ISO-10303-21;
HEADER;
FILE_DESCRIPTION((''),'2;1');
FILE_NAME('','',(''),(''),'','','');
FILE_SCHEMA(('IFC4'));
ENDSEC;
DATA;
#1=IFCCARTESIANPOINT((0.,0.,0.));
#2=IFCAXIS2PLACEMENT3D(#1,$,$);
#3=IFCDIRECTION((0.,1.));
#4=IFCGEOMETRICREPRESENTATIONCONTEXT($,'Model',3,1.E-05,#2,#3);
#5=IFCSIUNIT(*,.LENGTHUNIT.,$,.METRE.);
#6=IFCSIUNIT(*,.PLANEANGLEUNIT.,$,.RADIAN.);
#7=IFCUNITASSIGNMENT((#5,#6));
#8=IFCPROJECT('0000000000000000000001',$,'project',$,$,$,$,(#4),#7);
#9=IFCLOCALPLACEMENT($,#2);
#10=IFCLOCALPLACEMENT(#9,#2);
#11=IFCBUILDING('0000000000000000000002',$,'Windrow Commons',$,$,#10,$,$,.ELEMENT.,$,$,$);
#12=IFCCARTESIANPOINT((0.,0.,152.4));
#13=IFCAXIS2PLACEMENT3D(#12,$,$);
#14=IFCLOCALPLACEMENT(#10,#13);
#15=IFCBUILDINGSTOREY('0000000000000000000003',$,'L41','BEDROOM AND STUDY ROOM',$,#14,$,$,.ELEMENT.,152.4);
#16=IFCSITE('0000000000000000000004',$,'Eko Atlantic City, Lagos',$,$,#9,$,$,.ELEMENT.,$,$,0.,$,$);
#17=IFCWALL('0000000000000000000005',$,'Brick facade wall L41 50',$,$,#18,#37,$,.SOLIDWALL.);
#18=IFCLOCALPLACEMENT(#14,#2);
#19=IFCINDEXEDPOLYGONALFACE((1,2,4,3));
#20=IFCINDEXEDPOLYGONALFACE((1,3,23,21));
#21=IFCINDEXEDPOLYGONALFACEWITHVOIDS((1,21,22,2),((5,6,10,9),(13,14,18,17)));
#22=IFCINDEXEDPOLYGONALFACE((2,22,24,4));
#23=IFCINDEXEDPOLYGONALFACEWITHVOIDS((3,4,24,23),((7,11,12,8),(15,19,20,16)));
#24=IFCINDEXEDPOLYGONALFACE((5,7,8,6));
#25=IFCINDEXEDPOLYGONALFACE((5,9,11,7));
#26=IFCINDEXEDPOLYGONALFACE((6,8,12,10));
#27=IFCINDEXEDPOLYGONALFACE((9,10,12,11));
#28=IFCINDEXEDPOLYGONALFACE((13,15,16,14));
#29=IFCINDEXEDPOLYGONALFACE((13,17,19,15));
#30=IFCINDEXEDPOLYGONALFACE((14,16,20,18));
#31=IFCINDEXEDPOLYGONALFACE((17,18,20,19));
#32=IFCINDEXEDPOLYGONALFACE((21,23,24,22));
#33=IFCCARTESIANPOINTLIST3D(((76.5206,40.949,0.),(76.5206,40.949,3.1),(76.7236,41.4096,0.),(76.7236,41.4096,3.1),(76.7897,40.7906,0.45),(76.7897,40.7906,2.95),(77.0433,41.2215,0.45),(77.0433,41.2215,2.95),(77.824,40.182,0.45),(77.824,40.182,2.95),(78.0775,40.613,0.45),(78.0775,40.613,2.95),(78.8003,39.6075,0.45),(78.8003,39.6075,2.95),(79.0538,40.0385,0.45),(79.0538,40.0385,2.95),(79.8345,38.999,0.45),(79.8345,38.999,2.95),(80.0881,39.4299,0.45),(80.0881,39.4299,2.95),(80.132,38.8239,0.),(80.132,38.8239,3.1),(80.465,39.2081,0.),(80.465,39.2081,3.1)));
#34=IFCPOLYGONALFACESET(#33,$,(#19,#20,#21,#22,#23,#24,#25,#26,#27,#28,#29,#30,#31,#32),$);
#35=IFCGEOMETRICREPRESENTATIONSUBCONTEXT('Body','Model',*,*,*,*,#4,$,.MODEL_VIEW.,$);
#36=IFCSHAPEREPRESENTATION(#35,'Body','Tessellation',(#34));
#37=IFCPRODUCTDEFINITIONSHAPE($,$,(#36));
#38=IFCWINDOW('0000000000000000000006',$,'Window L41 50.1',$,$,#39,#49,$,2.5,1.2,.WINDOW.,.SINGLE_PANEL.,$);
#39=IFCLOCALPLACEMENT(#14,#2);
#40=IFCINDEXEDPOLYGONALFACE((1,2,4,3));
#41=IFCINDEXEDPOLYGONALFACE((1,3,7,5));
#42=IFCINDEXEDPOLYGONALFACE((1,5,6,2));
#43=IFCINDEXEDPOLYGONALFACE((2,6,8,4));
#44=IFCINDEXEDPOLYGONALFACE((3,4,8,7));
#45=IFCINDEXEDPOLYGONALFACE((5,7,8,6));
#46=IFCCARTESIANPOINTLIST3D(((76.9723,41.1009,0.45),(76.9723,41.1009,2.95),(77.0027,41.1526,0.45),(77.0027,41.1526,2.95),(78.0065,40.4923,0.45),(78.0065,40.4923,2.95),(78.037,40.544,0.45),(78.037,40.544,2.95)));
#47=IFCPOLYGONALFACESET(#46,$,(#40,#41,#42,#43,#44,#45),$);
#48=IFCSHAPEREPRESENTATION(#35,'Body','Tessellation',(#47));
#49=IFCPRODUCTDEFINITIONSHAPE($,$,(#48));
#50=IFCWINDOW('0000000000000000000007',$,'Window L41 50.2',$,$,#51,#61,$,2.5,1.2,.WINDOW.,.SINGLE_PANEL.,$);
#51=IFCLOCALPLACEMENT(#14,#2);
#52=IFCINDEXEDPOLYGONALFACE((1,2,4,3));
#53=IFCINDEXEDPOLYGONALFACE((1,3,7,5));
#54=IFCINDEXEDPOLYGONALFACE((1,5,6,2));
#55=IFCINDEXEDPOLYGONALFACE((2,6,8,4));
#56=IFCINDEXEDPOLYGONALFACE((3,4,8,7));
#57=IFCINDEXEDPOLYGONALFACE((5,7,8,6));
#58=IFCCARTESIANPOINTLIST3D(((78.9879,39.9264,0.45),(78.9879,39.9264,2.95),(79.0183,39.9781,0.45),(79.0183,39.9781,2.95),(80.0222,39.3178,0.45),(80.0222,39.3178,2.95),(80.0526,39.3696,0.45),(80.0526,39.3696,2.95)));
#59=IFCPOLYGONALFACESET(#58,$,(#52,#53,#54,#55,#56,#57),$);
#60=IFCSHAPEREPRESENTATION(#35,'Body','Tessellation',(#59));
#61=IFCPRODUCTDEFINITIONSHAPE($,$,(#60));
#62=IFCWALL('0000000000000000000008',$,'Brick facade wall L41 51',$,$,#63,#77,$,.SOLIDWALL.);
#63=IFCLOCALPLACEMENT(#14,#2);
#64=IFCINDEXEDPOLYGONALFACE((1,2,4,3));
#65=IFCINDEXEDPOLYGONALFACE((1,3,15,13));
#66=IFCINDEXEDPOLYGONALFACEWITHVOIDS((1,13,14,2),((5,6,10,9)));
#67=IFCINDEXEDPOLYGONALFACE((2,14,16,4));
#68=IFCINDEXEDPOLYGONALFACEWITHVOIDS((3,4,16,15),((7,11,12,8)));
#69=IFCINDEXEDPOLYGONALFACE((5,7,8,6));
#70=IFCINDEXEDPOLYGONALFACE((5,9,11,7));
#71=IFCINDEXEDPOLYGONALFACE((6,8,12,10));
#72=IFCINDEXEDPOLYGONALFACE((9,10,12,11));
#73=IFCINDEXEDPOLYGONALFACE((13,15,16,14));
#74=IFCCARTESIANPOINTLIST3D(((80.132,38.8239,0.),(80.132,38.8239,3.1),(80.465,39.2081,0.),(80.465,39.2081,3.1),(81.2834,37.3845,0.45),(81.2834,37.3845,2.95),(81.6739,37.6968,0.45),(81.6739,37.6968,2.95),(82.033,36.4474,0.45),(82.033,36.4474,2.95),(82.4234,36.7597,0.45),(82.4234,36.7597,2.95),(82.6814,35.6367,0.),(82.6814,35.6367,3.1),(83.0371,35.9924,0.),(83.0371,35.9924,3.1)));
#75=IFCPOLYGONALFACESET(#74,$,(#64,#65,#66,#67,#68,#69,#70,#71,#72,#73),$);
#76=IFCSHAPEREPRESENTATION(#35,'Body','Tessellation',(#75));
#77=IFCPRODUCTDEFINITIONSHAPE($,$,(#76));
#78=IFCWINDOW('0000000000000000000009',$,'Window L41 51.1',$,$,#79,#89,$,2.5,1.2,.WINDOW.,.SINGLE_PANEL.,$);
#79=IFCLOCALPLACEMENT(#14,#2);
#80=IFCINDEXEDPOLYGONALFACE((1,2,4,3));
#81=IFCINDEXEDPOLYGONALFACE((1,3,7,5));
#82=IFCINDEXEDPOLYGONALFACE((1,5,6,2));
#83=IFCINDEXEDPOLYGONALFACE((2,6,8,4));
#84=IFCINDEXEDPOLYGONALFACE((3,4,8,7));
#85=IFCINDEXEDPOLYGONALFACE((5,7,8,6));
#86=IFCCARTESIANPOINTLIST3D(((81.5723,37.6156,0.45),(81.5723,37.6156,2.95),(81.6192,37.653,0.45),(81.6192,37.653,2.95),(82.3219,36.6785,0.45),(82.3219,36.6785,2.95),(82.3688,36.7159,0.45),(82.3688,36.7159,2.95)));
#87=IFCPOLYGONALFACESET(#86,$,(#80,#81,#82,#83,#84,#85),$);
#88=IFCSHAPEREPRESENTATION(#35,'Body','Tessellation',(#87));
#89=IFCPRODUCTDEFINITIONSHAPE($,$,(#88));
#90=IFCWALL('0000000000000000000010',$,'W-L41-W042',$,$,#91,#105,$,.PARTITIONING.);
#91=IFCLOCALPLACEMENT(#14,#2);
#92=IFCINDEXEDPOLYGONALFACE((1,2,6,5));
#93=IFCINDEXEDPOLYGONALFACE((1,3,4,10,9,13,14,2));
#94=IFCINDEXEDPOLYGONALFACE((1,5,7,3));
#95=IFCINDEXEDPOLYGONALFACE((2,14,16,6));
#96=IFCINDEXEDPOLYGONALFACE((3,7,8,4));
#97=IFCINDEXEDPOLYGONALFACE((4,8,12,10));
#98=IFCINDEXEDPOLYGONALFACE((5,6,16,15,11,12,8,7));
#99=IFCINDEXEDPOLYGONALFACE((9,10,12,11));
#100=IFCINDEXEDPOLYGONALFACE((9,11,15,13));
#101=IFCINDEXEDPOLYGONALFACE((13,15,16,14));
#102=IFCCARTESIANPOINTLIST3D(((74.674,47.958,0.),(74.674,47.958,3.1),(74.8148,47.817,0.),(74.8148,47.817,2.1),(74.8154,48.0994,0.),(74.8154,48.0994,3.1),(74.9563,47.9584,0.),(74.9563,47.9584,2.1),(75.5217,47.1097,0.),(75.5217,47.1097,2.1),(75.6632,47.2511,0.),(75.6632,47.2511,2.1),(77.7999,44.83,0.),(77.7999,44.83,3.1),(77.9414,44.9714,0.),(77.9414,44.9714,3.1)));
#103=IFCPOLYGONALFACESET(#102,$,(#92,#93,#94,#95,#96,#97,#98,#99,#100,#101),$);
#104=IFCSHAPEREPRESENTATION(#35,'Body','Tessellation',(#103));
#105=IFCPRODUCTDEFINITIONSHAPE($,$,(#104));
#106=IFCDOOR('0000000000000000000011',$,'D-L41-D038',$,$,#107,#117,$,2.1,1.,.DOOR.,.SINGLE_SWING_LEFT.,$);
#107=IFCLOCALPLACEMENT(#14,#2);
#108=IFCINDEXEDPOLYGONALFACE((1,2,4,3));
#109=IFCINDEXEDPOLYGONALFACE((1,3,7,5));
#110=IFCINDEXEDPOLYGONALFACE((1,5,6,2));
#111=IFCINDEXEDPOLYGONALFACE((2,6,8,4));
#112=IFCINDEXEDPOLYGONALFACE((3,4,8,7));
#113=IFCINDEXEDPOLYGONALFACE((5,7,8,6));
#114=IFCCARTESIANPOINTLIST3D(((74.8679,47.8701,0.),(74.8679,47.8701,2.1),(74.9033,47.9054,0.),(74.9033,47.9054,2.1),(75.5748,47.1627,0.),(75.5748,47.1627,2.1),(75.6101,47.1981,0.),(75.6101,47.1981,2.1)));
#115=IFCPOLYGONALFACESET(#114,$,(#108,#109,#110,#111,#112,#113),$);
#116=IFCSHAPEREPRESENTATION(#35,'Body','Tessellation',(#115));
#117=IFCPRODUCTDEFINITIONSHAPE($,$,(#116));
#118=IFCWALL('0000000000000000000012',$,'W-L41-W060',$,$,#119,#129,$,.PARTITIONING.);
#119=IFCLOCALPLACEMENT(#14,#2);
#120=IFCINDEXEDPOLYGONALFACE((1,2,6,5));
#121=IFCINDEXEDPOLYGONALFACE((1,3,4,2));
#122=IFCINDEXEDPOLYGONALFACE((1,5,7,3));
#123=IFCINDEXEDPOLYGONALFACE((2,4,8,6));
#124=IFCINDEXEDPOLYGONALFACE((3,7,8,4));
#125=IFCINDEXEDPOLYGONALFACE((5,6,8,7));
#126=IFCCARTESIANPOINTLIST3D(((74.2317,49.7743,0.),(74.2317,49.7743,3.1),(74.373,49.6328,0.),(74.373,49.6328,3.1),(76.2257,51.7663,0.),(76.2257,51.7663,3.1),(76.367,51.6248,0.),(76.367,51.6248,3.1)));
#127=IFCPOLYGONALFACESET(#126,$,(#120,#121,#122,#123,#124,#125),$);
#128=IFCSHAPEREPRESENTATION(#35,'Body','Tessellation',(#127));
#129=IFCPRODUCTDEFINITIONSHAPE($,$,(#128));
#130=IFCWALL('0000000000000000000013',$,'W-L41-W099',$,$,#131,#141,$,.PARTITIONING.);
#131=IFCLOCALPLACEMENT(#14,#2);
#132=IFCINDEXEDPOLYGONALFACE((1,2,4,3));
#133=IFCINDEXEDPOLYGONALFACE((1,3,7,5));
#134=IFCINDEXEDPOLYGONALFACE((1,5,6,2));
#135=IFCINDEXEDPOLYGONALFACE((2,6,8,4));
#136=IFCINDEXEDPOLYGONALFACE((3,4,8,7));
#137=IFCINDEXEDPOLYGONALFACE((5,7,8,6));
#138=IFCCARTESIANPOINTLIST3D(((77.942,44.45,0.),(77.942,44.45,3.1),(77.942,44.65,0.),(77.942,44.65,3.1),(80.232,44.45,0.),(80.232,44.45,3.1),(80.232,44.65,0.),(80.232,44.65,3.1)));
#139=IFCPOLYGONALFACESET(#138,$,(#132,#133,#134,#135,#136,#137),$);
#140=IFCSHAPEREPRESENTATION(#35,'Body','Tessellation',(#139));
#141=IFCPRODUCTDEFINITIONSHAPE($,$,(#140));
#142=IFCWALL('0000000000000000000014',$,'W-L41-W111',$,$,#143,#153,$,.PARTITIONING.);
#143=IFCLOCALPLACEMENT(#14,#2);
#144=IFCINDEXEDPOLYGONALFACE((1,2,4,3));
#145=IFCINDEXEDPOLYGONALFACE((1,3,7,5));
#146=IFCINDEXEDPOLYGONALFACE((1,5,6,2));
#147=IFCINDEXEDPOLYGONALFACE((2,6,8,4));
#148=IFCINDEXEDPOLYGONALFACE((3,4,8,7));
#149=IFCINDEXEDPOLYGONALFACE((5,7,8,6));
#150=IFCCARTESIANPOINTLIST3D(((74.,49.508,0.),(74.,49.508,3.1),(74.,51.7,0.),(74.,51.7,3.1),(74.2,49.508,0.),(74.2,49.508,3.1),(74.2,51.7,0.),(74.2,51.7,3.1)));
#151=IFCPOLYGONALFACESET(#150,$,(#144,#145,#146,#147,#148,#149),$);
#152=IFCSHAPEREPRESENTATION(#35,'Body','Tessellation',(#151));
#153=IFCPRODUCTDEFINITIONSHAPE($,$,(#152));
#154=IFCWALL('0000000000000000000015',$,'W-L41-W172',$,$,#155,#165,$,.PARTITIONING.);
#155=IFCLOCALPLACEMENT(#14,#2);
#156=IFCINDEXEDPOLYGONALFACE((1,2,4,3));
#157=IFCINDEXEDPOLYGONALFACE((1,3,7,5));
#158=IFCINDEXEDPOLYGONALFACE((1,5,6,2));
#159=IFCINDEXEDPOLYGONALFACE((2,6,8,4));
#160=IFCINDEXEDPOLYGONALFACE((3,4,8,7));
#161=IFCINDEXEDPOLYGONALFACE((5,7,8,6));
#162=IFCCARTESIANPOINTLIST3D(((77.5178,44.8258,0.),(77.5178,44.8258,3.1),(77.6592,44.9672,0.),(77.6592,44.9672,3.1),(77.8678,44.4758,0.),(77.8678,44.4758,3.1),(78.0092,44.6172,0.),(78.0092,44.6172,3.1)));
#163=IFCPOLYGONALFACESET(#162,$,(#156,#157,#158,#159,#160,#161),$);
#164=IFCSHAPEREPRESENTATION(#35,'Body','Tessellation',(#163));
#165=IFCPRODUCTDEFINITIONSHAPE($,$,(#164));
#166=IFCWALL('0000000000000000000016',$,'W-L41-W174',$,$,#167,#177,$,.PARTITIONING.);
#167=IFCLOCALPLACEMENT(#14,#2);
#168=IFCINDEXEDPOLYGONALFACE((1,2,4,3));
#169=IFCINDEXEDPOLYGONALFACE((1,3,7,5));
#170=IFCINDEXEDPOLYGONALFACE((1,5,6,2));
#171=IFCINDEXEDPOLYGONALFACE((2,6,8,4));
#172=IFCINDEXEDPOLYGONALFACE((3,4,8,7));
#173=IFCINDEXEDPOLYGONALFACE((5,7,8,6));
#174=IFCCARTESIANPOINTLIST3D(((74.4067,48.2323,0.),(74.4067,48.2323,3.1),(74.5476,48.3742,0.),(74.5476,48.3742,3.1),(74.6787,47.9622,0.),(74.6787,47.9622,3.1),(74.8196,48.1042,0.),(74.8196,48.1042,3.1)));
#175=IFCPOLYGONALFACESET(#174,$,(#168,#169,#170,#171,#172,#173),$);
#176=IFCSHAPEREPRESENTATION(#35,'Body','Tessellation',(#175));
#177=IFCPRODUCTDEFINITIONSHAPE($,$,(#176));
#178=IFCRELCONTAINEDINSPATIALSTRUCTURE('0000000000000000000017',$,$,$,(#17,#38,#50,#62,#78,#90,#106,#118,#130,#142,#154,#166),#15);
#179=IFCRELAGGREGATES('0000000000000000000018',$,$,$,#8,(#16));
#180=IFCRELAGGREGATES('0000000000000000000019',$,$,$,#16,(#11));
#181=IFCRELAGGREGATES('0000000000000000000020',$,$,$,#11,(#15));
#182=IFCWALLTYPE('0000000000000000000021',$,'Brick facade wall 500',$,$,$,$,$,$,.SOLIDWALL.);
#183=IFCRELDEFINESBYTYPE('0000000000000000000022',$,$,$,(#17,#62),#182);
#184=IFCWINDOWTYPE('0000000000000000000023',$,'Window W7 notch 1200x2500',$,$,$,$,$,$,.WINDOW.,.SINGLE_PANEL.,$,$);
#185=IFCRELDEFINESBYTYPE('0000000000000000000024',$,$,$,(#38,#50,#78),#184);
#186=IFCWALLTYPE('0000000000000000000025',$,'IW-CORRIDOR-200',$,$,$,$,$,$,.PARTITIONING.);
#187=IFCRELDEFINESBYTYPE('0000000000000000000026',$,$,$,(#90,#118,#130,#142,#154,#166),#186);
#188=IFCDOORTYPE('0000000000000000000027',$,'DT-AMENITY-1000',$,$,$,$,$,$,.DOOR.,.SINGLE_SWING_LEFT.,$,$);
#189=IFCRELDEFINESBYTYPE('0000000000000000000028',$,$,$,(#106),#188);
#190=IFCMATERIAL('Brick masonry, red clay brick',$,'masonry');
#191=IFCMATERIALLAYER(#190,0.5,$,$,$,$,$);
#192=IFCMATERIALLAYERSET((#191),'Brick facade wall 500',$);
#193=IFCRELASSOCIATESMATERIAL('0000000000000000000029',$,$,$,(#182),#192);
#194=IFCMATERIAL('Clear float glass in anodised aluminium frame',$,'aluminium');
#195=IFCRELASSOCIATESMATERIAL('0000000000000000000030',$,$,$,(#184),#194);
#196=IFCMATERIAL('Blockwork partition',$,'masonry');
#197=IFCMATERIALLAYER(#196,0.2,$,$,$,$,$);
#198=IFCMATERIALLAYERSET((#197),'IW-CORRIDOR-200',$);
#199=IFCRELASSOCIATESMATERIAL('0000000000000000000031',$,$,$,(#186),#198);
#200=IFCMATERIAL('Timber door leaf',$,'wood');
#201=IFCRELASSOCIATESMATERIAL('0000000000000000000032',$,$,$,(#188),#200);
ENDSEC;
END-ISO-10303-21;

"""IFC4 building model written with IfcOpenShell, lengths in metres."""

from ifc_helpers import new_model, si_unit, direction, frame, frame_2d, origin, place, context, subcontext, project, spatial, polyline, rectangle, outline, extrude, material, layer, layer_set, type_object, element, fill, save


model = new_model("IFC4")

# Units and contexts
model_context = context("Model", 3, precision=1e-05, world=origin(), true_north=direction((0.0, 1.0)))
body_context = subcontext(model_context, "Body", "Model", "MODEL_VIEW")
ifc_project = project(units=[si_unit("LENGTHUNIT", "METRE"), si_unit("PLANEANGLEUNIT", "RADIAN")], contexts=[model_context])

# Site, building, storey
site_placement = place(None, origin())
site = spatial("IfcSite", under=ifc_project, at=site_placement, Name="Eko Atlantic City, Lagos", CompositionType="ELEMENT", RefElevation=0.0)
building_placement = place(site_placement, origin())
building = spatial("IfcBuilding", under=site, at=building_placement, Name="Windrow Commons", CompositionType="ELEMENT")
storey_placement = place(building_placement, frame((0.0, 0.0, 152.4)))
storey = spatial("IfcBuildingStorey", under=building, at=storey_placement, Name="L41", Description="BEDROOM AND STUDY ROOM", CompositionType="ELEMENT", Elevation=152.4)

# Shared definitions
ifc_material_1 = material(Name="Brick masonry, red clay brick", Category="masonry")
ifc_layer_1 = layer(ifc_material_1, 0.5)
ifc_layer_set_1 = layer_set([ifc_layer_1], Name="Brick facade wall 500")
wall_type_1 = type_object("IfcWallType", Name="Brick facade wall 500", PredefinedType="SOLIDWALL", material=ifc_layer_set_1)
ifc_material_2 = material(Name="Clear float glass in anodised aluminium frame", Category="aluminium")
window_type = type_object("IfcWindowType", Name="Window W7 notch 1200x2500", PartitioningType="SINGLE_PANEL", PredefinedType="WINDOW", material=ifc_material_2)

# Wall, openings, windows
wall_1_placement = place(storey_placement, frame((76.6221, 41.1793, 0.0), z_axis=(0.0, 0.0, 1.0), x_axis=(0.861861, -0.507144, 0.0)))
wall_1 = element("IfcWall", 1, at=wall_1_placement, inside=storey, type_object=wall_type_1, Name="Brick facade wall L41 50", PredefinedType="SOLIDWALL", context=body_context, shape_type="SweptSolid", body=[
    extrude(outline(polyline([(0.0293, -0.25), (4.2196, -0.25), (4.3117, 0.25), (-0.0293, 0.25), (0.0293, -0.25)])), origin(), (0.0, 0.0, 1.0), 3.1),
])
opening_1_placement = place(wall_1_placement, frame((0.3416, 0.0, 0.45)))
opening_1 = element("IfcOpeningElement", 2, at=opening_1_placement, cuts=wall_1, PredefinedType="OPENING", context=body_context, shape_type="SweptSolid", body=[
    extrude(rectangle(XDim=1.2, YDim=2.5, at=frame_2d((0.6, 1.25))), frame((0.0, 0.26, 0.0), z_axis=(0.0, -1.0, 0.0), x_axis=(1.0, 0.0, 0.0)), (0.0, 0.0, 1.0), 0.52),
])
opening_2_placement = place(wall_1_placement, frame((2.6744, 0.0, 0.45)))
opening_2 = element("IfcOpeningElement", 3, at=opening_2_placement, cuts=wall_1, PredefinedType="OPENING", context=body_context, shape_type="SweptSolid", body=[
    extrude(rectangle(XDim=1.2, YDim=2.5, at=frame_2d((0.6, 1.25))), frame((0.0, 0.26, 0.0), z_axis=(0.0, -1.0, 0.0), x_axis=(1.0, 0.0, 0.0)), (0.0, 0.0, 1.0), 0.52),
])
window_1_placement = place(opening_1_placement, origin())
window_1 = element("IfcWindow", 4, at=window_1_placement, inside=storey, type_object=window_type, Name="Window L41 50.1", OverallHeight=2.5, OverallWidth=1.2, PartitioningType="SINGLE_PANEL", PredefinedType="WINDOW", context=body_context, shape_type="SweptSolid", body=[
    extrude(rectangle(XDim=1.2, YDim=2.5, at=frame_2d((0.6, 1.25))), frame((0.0, 0.17, 0.0), z_axis=(0.0, -1.0, 0.0), x_axis=(1.0, 0.0, 0.0)), (0.0, 0.0, 1.0), 0.06),
])
fill(opening_1, window_1)
window_2_placement = place(opening_2_placement, origin())
window_2 = element("IfcWindow", 5, at=window_2_placement, inside=storey, type_object=window_type, Name="Window L41 50.2", OverallHeight=2.5, OverallWidth=1.2, PartitioningType="SINGLE_PANEL", PredefinedType="WINDOW", context=body_context, shape_type="SweptSolid", body=[
    extrude(rectangle(XDim=1.2, YDim=2.5, at=frame_2d((0.6, 1.25))), frame((0.0, 0.18, 0.0), z_axis=(0.0, -1.0, 0.0), x_axis=(1.0, 0.0, 0.0)), (0.0, 0.0, 1.0), 0.06),
])
fill(opening_2, window_2)

# Wall, opening, window
wall_2_placement = place(storey_placement, frame((80.2985, 39.016, 0.0), z_axis=(0.0, 0.0, 1.0), x_axis=(0.624636, -0.780916, 0.0)))
wall_2 = element("IfcWall", 6, at=wall_2_placement, inside=storey, type_object=wall_type_1, Name="Brick facade wall L41 51", PredefinedType="SOLIDWALL", context=body_context, shape_type="SweptSolid", body=[
    extrude(outline(polyline([(0.046, -0.25), (4.1274, -0.25), (4.0718, 0.25), (-0.046, 0.25), (0.046, -0.25)])), origin(), (0.0, 0.0, 1.0), 3.1),
])
opening_3_placement = place(wall_2_placement, frame((1.8893, 0.0, 0.45)))
opening_3 = element("IfcOpeningElement", 7, at=opening_3_placement, cuts=wall_2, PredefinedType="OPENING", context=body_context, shape_type="SweptSolid", body=[
    extrude(rectangle(XDim=1.2, YDim=2.5, at=frame_2d((0.6, 1.25))), frame((0.0, 0.26, 0.0), z_axis=(0.0, -1.0, 0.0), x_axis=(1.0, 0.0, 0.0)), (0.0, 0.0, 1.0), 0.52),
])
window_3_placement = place(opening_3_placement, origin())
window_3 = element("IfcWindow", 8, at=window_3_placement, inside=storey, type_object=window_type, Name="Window L41 51.1", OverallHeight=2.5, OverallWidth=1.2, PartitioningType="SINGLE_PANEL", PredefinedType="WINDOW", context=body_context, shape_type="SweptSolid", body=[
    extrude(rectangle(XDim=1.2, YDim=2.5, at=frame_2d((0.6, 1.25))), frame((0.0, 0.18, 0.0), z_axis=(0.0, -1.0, 0.0), x_axis=(1.0, 0.0, 0.0)), (0.0, 0.0, 1.0), 0.06),
])
fill(opening_3, window_3)

# Wall, opening, door
ifc_material_3 = material(Name="Blockwork partition", Category="masonry")
ifc_layer_2 = layer(ifc_material_3, 0.2)
ifc_layer_set_2 = layer_set([ifc_layer_2], Name="IW-CORRIDOR-200")
wall_type_2 = type_object("IfcWallType", Name="IW-CORRIDOR-200", PredefinedType="PARTITIONING", material=ifc_layer_set_2)
wall_3_placement = place(storey_placement, frame((74.7447, 48.0287, 0.0), z_axis=(0.0, 0.0, 1.0), x_axis=(0.706881, -0.707333, 0.0)))
wall_3 = element("IfcWall", 9, at=wall_3_placement, inside=storey, type_object=wall_type_2, Name="W-L41-W042", PredefinedType="PARTITIONING", context=body_context, shape_type="SweptSolid", body=[
    extrude(rectangle(XDim=4.4222, YDim=0.2, at=frame_2d((2.2111, 0.0))), origin(), (0.0, 0.0, 1.0), 3.1),
])
opening_4_placement = place(wall_3_placement, frame((0.1993, 0.0, 0.0)))
opening_4 = element("IfcOpeningElement", 10, at=opening_4_placement, cuts=wall_3, PredefinedType="OPENING", context=body_context, shape_type="SweptSolid", body=[
    extrude(rectangle(XDim=1.0, YDim=2.1, at=frame_2d((0.5, 1.05))), frame((0.0, 0.11, 0.0), z_axis=(0.0, -1.0, 0.0), x_axis=(1.0, 0.0, 0.0)), (0.0, 0.0, 1.0), 0.22),
])
ifc_material_4 = material(Name="Timber door leaf", Category="wood")
door_type_1 = type_object("IfcDoorType", Name="DT-AMENITY-1000", OperationType="SINGLE_SWING_LEFT", PredefinedType="DOOR", material=ifc_material_4)
door_1_placement = place(opening_4_placement, origin())
door_1 = element("IfcDoor", 11, at=door_1_placement, inside=storey, type_object=door_type_1, Name="D-L41-D038", OperationType="SINGLE_SWING_LEFT", OverallHeight=2.1, OverallWidth=1.0, PredefinedType="DOOR", context=body_context, shape_type="SweptSolid", body=[
    extrude(rectangle(XDim=1.0, YDim=2.1, at=frame_2d((0.5, 1.05))), frame((0.0, 0.025, 0.0), z_axis=(0.0, -1.0, 0.0), x_axis=(1.0, 0.0, 0.0)), (0.0, 0.0, 1.0), 0.05),
])
fill(opening_4, door_1)

# Walls
wall_4_placement = place(storey_placement, frame((74.3024, 49.7036, 0.0), z_axis=(0.0, 0.0, 1.0), x_axis=(0.707461, 0.706752, 0.0)))
element("IfcWall", 12, at=wall_4_placement, inside=storey, type_object=wall_type_2, Name="W-L41-W060", PredefinedType="PARTITIONING", context=body_context, shape_type="SweptSolid", body=[
    extrude(rectangle(XDim=2.8185, YDim=0.2, at=frame_2d((1.4092, 0.0))), origin(), (0.0, 0.0, 1.0), 3.1),
])
wall_5_placement = place(storey_placement, frame((77.942, 44.55, 0.0), z_axis=(0.0, 0.0, 1.0), x_axis=(1.0, 0.0, 0.0)))
element("IfcWall", 13, at=wall_5_placement, inside=storey, type_object=wall_type_2, Name="W-L41-W099", PredefinedType="PARTITIONING", context=body_context, shape_type="SweptSolid", body=[
    extrude(rectangle(XDim=2.29, YDim=0.2, at=frame_2d((1.145, 0.0))), origin(), (0.0, 0.0, 1.0), 3.1),
])
wall_6_placement = place(storey_placement, frame((74.1, 49.508, 0.0), z_axis=(0.0, 0.0, 1.0), x_axis=(0.0, 1.0, 0.0)))
element("IfcWall", 14, at=wall_6_placement, inside=storey, type_object=wall_type_2, Name="W-L41-W111", PredefinedType="PARTITIONING", context=body_context, shape_type="SweptSolid", body=[
    extrude(rectangle(XDim=2.192, YDim=0.2, at=frame_2d((1.096, 0.0))), origin(), (0.0, 0.0, 1.0), 3.1),
])
wall_7_placement = place(storey_placement, frame((77.5885, 44.8965, 0.0), z_axis=(0.0, 0.0, 1.0), x_axis=(0.707107, -0.707107, 0.0)))
element("IfcWall", 15, at=wall_7_placement, inside=storey, type_object=wall_type_2, Name="W-L41-W172", PredefinedType="PARTITIONING", context=body_context, shape_type="SweptSolid", body=[
    extrude(rectangle(XDim=0.495, YDim=0.2, at=frame_2d((0.2475, 0.0))), origin(), (0.0, 0.0, 1.0), 3.1),
])
wall_8_placement = place(storey_placement, frame((74.4772, 48.3032, 0.0), z_axis=(0.0, 0.0, 1.0), x_axis=(0.709711, -0.704493, 0.0)))
element("IfcWall", 16, at=wall_8_placement, inside=storey, type_object=wall_type_2, Name="W-L41-W174", PredefinedType="PARTITIONING", context=body_context, shape_type="SweptSolid", body=[
    extrude(rectangle(XDim=0.3833, YDim=0.2, at=frame_2d((0.1916, 0.0))), origin(), (0.0, 0.0, 1.0), 3.1),
])

save(model, "model.ifc")
